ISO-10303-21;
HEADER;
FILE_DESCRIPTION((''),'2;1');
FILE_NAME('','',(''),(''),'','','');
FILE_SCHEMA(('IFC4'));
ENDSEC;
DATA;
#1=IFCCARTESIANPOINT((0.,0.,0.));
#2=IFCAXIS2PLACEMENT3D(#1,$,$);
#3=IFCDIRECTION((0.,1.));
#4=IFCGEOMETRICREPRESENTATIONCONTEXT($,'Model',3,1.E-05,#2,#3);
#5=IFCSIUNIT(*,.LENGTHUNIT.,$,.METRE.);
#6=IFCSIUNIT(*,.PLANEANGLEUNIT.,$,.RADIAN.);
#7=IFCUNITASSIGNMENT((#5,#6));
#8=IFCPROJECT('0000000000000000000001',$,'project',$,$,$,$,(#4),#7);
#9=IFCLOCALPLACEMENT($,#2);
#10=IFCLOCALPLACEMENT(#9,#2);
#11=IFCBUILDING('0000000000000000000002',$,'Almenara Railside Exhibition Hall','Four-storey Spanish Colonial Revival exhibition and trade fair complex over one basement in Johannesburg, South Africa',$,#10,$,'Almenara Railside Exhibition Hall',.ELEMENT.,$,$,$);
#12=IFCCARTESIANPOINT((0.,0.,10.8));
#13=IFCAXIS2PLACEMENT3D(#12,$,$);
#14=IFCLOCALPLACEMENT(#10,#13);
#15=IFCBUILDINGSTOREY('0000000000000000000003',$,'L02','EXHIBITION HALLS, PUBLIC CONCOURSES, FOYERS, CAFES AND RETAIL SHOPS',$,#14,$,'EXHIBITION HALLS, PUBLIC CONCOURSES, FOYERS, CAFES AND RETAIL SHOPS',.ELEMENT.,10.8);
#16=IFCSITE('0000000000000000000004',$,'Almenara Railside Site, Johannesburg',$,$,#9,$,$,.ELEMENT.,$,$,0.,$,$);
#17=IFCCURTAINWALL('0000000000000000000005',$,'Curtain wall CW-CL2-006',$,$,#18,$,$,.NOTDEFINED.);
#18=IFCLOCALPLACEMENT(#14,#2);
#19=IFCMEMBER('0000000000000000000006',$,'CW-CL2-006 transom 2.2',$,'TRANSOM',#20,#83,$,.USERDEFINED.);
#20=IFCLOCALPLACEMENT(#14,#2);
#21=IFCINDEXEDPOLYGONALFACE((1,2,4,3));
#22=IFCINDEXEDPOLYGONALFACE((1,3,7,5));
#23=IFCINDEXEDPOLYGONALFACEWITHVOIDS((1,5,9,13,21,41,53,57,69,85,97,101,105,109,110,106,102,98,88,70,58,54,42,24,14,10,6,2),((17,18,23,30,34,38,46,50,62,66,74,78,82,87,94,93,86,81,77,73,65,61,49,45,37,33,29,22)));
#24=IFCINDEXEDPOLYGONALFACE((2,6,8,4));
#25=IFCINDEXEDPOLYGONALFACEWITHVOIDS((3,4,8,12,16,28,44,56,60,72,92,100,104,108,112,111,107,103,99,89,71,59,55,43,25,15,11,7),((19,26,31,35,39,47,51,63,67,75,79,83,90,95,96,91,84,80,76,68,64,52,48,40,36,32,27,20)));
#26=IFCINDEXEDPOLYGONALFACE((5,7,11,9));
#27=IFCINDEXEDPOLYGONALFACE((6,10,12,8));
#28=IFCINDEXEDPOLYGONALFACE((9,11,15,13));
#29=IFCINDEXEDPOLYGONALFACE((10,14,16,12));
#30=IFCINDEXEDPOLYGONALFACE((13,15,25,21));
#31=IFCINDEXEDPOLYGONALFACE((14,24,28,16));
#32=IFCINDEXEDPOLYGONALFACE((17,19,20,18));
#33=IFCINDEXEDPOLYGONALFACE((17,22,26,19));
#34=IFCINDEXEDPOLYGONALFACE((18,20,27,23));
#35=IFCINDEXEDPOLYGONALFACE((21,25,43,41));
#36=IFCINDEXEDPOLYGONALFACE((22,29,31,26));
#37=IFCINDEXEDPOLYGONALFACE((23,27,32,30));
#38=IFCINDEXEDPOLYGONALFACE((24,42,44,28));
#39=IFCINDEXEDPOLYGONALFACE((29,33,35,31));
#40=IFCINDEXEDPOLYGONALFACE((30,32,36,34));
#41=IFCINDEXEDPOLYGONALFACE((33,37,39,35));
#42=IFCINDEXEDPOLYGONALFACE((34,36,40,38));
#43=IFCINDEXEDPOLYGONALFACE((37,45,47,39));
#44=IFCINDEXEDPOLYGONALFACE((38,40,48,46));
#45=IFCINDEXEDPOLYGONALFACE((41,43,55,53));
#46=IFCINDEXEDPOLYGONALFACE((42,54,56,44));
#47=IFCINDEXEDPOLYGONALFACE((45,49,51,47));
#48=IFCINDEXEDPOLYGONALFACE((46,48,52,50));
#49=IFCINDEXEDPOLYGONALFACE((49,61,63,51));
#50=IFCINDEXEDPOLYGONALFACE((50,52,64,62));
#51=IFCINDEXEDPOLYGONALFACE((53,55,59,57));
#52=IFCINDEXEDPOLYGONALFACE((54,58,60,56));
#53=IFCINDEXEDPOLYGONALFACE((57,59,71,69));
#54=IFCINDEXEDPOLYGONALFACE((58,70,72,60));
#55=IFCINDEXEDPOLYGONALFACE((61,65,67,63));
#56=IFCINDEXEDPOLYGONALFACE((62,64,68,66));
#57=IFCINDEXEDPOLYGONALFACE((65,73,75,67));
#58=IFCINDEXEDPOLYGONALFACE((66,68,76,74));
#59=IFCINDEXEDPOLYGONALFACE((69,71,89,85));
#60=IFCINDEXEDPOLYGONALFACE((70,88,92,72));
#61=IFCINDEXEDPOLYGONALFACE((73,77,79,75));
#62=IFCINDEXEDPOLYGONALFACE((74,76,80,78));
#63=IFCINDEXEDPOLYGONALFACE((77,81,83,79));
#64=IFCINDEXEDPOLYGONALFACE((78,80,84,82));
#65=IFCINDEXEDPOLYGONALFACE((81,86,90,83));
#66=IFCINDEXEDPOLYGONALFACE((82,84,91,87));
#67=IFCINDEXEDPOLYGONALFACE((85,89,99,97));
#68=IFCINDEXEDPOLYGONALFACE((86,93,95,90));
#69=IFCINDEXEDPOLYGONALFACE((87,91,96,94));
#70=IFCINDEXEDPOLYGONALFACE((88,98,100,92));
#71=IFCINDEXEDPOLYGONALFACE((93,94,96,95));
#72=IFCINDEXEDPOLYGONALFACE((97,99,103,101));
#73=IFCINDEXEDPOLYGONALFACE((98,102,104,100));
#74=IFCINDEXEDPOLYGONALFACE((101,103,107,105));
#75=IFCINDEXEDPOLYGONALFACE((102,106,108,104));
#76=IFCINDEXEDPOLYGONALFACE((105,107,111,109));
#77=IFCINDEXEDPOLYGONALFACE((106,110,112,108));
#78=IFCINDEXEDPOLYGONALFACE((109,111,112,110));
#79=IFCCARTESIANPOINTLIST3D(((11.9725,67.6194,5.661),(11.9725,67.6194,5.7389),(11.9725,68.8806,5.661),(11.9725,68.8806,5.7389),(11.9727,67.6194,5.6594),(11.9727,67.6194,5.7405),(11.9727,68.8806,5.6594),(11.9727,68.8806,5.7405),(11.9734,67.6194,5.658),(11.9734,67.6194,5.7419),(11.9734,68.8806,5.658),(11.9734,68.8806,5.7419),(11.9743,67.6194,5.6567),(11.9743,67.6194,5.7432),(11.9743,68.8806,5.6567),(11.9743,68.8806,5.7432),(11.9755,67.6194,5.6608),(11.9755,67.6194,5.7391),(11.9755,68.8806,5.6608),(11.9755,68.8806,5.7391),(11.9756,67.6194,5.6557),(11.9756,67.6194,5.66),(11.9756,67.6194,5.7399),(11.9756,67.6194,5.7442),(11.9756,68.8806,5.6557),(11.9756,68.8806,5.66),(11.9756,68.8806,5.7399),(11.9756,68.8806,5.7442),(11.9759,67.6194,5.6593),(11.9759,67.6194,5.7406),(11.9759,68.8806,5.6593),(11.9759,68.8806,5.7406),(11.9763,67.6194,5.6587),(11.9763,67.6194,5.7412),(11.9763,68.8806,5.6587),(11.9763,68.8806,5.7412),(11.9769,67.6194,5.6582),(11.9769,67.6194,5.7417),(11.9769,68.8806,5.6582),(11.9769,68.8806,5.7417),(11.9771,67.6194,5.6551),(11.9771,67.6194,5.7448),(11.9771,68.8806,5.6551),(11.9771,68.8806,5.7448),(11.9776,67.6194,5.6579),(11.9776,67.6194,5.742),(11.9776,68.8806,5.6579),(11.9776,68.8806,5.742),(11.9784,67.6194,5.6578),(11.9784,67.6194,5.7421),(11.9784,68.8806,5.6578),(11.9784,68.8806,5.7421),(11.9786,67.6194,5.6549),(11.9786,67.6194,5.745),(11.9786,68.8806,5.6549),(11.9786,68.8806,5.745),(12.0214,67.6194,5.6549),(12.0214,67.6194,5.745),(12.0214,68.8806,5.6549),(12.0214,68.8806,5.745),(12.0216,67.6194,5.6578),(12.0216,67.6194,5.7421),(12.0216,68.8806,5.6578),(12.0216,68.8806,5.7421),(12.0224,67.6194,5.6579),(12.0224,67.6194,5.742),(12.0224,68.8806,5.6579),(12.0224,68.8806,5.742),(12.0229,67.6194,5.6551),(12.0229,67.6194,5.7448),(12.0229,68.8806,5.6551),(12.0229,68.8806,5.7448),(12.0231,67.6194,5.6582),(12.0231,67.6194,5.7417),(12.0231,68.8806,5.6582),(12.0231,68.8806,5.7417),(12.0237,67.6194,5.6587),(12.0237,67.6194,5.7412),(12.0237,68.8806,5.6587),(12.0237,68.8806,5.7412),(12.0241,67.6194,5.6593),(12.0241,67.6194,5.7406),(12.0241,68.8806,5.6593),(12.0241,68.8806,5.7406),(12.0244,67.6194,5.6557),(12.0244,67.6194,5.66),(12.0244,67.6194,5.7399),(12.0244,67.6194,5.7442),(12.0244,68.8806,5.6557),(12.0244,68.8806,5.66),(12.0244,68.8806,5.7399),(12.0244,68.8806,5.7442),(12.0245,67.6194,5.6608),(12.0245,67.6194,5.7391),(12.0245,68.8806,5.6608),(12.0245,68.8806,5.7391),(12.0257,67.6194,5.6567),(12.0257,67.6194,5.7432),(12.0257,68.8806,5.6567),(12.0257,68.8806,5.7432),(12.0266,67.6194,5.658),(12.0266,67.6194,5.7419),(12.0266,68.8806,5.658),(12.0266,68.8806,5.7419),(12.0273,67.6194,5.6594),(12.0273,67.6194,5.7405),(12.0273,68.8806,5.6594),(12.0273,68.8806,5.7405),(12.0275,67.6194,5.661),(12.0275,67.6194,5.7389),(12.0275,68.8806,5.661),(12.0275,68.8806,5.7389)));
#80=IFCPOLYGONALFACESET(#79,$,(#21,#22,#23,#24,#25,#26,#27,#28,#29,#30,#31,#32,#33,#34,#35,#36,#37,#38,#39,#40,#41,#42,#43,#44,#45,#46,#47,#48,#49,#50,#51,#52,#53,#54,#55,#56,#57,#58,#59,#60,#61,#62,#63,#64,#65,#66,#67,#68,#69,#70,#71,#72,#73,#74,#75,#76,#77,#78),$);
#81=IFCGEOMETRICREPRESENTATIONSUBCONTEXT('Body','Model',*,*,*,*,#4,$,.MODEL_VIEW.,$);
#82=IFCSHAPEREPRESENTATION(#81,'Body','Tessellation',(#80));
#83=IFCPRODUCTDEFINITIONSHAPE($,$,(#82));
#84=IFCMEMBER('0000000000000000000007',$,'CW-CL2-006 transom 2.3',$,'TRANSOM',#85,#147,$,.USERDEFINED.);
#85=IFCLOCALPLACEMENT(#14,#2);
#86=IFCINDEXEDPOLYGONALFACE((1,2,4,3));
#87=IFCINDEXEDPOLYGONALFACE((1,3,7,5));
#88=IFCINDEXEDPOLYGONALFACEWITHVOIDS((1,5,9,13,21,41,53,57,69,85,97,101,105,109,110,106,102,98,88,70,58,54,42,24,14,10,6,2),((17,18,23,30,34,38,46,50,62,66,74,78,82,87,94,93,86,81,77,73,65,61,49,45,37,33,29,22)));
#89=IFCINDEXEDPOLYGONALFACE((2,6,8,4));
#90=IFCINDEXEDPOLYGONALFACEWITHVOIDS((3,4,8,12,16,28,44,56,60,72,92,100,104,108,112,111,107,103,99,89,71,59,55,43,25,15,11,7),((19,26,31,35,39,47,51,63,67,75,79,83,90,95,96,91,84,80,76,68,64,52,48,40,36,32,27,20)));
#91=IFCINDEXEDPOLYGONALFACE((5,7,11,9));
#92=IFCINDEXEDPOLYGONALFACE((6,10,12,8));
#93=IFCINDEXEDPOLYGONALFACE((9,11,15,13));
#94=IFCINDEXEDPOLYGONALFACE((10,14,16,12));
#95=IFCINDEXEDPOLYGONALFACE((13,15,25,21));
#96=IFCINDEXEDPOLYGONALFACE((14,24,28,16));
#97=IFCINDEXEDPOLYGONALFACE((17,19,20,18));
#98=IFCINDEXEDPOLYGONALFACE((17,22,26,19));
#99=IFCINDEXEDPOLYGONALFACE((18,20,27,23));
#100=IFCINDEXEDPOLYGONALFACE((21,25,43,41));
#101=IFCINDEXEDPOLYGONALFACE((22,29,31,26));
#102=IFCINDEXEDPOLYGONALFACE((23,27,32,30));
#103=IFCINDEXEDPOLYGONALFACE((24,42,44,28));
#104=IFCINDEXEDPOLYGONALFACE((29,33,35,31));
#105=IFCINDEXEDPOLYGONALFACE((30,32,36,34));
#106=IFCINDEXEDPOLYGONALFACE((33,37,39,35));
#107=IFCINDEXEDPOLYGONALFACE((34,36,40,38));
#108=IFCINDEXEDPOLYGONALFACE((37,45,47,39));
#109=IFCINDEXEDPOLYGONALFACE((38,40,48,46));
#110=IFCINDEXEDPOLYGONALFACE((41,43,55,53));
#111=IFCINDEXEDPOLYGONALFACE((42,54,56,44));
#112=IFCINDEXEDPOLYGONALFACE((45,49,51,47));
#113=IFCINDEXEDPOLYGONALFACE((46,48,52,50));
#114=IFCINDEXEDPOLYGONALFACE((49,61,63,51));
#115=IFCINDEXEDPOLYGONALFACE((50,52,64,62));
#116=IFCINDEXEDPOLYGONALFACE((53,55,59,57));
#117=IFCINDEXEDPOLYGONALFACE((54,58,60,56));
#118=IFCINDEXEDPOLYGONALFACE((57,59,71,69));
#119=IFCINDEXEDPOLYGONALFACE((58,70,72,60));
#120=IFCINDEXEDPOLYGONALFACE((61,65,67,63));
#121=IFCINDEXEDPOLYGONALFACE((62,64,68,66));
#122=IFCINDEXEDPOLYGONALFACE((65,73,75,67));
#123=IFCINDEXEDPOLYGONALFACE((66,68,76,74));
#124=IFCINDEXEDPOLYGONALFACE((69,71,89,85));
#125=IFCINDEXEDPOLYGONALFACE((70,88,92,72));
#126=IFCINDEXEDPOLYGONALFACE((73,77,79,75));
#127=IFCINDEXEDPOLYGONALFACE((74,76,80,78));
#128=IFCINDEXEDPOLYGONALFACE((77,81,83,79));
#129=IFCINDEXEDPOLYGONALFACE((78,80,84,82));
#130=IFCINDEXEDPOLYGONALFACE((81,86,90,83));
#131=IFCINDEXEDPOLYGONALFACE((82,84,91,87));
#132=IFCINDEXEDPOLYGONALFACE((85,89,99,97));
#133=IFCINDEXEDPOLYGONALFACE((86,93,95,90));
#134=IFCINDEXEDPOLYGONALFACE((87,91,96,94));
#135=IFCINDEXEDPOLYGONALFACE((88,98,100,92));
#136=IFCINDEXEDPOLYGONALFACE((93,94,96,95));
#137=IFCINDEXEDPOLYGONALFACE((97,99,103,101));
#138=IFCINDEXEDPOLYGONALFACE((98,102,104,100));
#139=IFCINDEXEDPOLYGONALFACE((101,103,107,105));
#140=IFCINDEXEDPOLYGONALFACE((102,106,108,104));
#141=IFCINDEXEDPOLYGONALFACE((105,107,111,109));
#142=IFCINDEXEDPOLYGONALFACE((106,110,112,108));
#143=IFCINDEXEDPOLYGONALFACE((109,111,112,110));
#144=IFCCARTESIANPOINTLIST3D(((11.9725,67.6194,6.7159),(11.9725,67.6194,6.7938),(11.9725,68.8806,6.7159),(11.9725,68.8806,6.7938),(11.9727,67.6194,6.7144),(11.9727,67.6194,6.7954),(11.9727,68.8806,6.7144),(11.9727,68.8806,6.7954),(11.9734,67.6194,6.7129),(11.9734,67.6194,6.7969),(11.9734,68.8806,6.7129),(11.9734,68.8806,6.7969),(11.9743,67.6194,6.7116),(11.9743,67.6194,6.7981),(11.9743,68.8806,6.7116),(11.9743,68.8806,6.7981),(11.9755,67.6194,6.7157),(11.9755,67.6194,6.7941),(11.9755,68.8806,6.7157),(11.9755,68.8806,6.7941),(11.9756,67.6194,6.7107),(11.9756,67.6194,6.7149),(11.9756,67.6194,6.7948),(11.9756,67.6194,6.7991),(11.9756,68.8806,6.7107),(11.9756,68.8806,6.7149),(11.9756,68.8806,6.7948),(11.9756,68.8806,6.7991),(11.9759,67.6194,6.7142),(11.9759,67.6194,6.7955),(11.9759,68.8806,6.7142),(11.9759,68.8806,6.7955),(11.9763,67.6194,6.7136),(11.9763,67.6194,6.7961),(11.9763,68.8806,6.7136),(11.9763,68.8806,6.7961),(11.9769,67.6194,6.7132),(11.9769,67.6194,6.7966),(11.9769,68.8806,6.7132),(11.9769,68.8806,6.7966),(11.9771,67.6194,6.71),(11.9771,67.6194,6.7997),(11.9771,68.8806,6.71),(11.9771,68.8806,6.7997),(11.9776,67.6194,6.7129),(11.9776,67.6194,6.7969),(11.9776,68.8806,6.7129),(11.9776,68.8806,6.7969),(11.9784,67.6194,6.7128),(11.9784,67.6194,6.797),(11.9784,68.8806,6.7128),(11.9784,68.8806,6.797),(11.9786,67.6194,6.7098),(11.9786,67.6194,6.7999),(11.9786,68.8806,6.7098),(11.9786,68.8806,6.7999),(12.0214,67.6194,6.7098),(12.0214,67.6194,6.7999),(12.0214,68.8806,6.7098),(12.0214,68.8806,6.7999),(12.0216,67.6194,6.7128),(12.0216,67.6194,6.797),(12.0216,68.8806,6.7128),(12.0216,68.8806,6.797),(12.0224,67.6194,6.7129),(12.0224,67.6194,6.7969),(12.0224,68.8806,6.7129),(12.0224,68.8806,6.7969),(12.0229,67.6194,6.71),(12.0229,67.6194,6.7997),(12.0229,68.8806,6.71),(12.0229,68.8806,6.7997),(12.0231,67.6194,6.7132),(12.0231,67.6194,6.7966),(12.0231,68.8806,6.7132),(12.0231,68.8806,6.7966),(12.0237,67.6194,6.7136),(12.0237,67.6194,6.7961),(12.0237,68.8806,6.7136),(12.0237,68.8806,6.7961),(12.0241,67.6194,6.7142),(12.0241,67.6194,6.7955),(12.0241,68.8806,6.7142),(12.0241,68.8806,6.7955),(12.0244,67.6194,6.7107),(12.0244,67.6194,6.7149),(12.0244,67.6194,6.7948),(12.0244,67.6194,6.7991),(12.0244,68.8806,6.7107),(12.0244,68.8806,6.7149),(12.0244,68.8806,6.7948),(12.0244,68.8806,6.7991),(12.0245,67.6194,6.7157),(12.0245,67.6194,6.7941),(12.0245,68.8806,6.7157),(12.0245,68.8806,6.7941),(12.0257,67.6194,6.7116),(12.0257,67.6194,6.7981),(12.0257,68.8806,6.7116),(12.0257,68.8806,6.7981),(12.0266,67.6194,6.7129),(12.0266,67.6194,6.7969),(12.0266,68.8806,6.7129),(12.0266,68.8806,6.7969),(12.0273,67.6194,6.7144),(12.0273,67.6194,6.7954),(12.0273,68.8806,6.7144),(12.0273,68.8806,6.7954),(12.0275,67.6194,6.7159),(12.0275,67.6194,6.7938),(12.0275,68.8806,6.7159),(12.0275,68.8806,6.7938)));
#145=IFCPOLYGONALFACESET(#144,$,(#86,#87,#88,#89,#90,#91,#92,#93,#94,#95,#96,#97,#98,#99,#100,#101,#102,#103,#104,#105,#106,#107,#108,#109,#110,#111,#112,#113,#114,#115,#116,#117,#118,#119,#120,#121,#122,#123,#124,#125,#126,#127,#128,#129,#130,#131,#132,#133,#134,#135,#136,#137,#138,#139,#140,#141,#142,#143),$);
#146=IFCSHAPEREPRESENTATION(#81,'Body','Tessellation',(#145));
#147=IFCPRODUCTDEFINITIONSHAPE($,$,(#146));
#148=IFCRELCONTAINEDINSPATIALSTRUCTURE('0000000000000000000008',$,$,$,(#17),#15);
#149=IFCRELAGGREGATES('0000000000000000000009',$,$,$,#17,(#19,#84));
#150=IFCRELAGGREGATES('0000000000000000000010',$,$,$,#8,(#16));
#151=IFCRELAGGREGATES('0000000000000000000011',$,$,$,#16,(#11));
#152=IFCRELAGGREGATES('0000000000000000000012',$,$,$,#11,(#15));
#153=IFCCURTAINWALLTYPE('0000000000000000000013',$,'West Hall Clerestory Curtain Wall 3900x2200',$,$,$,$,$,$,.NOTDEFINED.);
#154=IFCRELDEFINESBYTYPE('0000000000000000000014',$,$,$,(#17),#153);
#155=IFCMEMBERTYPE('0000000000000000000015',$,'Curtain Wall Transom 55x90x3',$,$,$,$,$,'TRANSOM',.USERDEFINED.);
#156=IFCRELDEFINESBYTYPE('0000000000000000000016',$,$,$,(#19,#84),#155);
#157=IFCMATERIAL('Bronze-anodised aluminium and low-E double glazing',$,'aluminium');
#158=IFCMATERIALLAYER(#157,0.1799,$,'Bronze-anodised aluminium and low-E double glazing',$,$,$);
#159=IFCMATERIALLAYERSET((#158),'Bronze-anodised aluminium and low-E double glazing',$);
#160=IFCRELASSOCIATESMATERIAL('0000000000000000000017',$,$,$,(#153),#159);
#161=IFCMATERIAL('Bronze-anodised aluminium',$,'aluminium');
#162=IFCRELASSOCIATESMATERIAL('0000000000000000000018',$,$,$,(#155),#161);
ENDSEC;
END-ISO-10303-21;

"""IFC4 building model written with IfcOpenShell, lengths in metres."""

from ifc_helpers import new_model, si_unit, direction, frame, origin, origin_2d, place, context, subcontext, project, spatial, hollow_rectangle, extrude, material, layer, layer_set, material_profile, profile_set, type_object, element, aggregate, save


model = new_model("IFC4")

# Units and contexts
model_context = context("Model", 3, precision=1e-05, world=origin(), true_north=direction((0.0, 1.0)))
body_context = subcontext(model_context, "Body", "Model", "MODEL_VIEW")
ifc_project = project(units=[si_unit("LENGTHUNIT", "METRE"), si_unit("PLANEANGLEUNIT", "RADIAN")], contexts=[model_context])

# Site, building, storey
site_placement = place(None, origin())
site = spatial("IfcSite", under=ifc_project, at=site_placement, Name="Almenara Railside Site, Johannesburg", CompositionType="ELEMENT", RefElevation=0.0)
building_placement = place(site_placement, origin())
building = spatial("IfcBuilding", under=site, at=building_placement, Name="Almenara Railside Exhibition Hall", Description="Four-storey Spanish Colonial Revival exhibition and trade fair complex over one basement in Johannesburg, South Africa", LongName="Almenara Railside Exhibition Hall", CompositionType="ELEMENT")
storey_placement = place(building_placement, frame((0.0, 0.0, 10.8)))
storey = spatial("IfcBuildingStorey", under=building, at=storey_placement, Name="L02", Description="EXHIBITION HALLS, PUBLIC CONCOURSES, FOYERS, CAFES AND RETAIL SHOPS", LongName="EXHIBITION HALLS, PUBLIC CONCOURSES, FOYERS, CAFES AND RETAIL SHOPS", CompositionType="ELEMENT", Elevation=10.8)

# Curtain wall
ifc_material_1 = material(Name="Bronze-anodised aluminium and low-E double glazing", Category="aluminium")
ifc_layer_1 = layer(ifc_material_1, 0.1799, Name="Bronze-anodised aluminium and low-E double glazing")
ifc_layer_set_1 = layer_set([ifc_layer_1], Name="Bronze-anodised aluminium and low-E double glazing")
curtain_wall_type = type_object("IfcCurtainWallType", Name="West Hall Clerestory Curtain Wall 3900x2200", PredefinedType="NOTDEFINED", material=ifc_layer_set_1)
curtain_wall_1_placement = place(storey_placement, origin())
curtain_wall_1 = element("IfcCurtainWall", 1, at=curtain_wall_1_placement, inside=storey, type_object=curtain_wall_type, Name="Curtain wall CW-CL2-006", PredefinedType="NOTDEFINED")
ifc_material_2 = material(Name="Bronze-anodised aluminium", Category="aluminium")

# Members
ifc_material_profile_1 = material_profile(ifc_material_2, hollow_rectangle(XDim=0.0549, YDim=0.0901, WallThickness=0.0029, InnerFilletRadius=0.0029, OuterFilletRadius=0.0061, at=origin_2d()), Name="ALU-TRN 55x90x3")
ifc_profile_set_1 = profile_set([ifc_material_profile_1], Name="Bronze-anodised aluminium")
member_type_1 = type_object("IfcMemberType", Name="Curtain Wall Transom 55x90x3", ElementType="TRANSOM", PredefinedType="USERDEFINED", material=ifc_profile_set_1)
member_1_placement = place(storey_placement, frame((12.0, 67.6194, 5.7), z_axis=(0.0, 1.0, 0.0), x_axis=(-1.0, 0.0, 0.0)))
member_1 = element("IfcMember", 2, at=member_1_placement, type_object=member_type_1, Name="CW-CL2-006 transom 2.2", ObjectType="TRANSOM", PredefinedType="USERDEFINED", context=body_context, shape_type="SweptSolid", body=[
    extrude(hollow_rectangle(XDim=0.0549, YDim=0.0901, WallThickness=0.0029, InnerFilletRadius=0.0029, OuterFilletRadius=0.0061, at=origin_2d()), origin(), (0.0, 0.0, 1.0), 1.2612),
])
member_2_placement = place(storey_placement, frame((12.0, 67.6194, 6.7549), z_axis=(0.0, 1.0, 0.0), x_axis=(-1.0, 0.0, 0.0)))
member_2 = element("IfcMember", 3, at=member_2_placement, type_object=member_type_1, Name="CW-CL2-006 transom 2.3", ObjectType="TRANSOM", PredefinedType="USERDEFINED", context=body_context, shape_type="SweptSolid", body=[
    extrude(hollow_rectangle(XDim=0.0549, YDim=0.0901, WallThickness=0.0029, InnerFilletRadius=0.0029, OuterFilletRadius=0.0061, at=origin_2d()), origin(), (0.0, 0.0, 1.0), 1.2612),
])

aggregate(curtain_wall_1, [member_1, member_2])

save(model, "model.ifc")
